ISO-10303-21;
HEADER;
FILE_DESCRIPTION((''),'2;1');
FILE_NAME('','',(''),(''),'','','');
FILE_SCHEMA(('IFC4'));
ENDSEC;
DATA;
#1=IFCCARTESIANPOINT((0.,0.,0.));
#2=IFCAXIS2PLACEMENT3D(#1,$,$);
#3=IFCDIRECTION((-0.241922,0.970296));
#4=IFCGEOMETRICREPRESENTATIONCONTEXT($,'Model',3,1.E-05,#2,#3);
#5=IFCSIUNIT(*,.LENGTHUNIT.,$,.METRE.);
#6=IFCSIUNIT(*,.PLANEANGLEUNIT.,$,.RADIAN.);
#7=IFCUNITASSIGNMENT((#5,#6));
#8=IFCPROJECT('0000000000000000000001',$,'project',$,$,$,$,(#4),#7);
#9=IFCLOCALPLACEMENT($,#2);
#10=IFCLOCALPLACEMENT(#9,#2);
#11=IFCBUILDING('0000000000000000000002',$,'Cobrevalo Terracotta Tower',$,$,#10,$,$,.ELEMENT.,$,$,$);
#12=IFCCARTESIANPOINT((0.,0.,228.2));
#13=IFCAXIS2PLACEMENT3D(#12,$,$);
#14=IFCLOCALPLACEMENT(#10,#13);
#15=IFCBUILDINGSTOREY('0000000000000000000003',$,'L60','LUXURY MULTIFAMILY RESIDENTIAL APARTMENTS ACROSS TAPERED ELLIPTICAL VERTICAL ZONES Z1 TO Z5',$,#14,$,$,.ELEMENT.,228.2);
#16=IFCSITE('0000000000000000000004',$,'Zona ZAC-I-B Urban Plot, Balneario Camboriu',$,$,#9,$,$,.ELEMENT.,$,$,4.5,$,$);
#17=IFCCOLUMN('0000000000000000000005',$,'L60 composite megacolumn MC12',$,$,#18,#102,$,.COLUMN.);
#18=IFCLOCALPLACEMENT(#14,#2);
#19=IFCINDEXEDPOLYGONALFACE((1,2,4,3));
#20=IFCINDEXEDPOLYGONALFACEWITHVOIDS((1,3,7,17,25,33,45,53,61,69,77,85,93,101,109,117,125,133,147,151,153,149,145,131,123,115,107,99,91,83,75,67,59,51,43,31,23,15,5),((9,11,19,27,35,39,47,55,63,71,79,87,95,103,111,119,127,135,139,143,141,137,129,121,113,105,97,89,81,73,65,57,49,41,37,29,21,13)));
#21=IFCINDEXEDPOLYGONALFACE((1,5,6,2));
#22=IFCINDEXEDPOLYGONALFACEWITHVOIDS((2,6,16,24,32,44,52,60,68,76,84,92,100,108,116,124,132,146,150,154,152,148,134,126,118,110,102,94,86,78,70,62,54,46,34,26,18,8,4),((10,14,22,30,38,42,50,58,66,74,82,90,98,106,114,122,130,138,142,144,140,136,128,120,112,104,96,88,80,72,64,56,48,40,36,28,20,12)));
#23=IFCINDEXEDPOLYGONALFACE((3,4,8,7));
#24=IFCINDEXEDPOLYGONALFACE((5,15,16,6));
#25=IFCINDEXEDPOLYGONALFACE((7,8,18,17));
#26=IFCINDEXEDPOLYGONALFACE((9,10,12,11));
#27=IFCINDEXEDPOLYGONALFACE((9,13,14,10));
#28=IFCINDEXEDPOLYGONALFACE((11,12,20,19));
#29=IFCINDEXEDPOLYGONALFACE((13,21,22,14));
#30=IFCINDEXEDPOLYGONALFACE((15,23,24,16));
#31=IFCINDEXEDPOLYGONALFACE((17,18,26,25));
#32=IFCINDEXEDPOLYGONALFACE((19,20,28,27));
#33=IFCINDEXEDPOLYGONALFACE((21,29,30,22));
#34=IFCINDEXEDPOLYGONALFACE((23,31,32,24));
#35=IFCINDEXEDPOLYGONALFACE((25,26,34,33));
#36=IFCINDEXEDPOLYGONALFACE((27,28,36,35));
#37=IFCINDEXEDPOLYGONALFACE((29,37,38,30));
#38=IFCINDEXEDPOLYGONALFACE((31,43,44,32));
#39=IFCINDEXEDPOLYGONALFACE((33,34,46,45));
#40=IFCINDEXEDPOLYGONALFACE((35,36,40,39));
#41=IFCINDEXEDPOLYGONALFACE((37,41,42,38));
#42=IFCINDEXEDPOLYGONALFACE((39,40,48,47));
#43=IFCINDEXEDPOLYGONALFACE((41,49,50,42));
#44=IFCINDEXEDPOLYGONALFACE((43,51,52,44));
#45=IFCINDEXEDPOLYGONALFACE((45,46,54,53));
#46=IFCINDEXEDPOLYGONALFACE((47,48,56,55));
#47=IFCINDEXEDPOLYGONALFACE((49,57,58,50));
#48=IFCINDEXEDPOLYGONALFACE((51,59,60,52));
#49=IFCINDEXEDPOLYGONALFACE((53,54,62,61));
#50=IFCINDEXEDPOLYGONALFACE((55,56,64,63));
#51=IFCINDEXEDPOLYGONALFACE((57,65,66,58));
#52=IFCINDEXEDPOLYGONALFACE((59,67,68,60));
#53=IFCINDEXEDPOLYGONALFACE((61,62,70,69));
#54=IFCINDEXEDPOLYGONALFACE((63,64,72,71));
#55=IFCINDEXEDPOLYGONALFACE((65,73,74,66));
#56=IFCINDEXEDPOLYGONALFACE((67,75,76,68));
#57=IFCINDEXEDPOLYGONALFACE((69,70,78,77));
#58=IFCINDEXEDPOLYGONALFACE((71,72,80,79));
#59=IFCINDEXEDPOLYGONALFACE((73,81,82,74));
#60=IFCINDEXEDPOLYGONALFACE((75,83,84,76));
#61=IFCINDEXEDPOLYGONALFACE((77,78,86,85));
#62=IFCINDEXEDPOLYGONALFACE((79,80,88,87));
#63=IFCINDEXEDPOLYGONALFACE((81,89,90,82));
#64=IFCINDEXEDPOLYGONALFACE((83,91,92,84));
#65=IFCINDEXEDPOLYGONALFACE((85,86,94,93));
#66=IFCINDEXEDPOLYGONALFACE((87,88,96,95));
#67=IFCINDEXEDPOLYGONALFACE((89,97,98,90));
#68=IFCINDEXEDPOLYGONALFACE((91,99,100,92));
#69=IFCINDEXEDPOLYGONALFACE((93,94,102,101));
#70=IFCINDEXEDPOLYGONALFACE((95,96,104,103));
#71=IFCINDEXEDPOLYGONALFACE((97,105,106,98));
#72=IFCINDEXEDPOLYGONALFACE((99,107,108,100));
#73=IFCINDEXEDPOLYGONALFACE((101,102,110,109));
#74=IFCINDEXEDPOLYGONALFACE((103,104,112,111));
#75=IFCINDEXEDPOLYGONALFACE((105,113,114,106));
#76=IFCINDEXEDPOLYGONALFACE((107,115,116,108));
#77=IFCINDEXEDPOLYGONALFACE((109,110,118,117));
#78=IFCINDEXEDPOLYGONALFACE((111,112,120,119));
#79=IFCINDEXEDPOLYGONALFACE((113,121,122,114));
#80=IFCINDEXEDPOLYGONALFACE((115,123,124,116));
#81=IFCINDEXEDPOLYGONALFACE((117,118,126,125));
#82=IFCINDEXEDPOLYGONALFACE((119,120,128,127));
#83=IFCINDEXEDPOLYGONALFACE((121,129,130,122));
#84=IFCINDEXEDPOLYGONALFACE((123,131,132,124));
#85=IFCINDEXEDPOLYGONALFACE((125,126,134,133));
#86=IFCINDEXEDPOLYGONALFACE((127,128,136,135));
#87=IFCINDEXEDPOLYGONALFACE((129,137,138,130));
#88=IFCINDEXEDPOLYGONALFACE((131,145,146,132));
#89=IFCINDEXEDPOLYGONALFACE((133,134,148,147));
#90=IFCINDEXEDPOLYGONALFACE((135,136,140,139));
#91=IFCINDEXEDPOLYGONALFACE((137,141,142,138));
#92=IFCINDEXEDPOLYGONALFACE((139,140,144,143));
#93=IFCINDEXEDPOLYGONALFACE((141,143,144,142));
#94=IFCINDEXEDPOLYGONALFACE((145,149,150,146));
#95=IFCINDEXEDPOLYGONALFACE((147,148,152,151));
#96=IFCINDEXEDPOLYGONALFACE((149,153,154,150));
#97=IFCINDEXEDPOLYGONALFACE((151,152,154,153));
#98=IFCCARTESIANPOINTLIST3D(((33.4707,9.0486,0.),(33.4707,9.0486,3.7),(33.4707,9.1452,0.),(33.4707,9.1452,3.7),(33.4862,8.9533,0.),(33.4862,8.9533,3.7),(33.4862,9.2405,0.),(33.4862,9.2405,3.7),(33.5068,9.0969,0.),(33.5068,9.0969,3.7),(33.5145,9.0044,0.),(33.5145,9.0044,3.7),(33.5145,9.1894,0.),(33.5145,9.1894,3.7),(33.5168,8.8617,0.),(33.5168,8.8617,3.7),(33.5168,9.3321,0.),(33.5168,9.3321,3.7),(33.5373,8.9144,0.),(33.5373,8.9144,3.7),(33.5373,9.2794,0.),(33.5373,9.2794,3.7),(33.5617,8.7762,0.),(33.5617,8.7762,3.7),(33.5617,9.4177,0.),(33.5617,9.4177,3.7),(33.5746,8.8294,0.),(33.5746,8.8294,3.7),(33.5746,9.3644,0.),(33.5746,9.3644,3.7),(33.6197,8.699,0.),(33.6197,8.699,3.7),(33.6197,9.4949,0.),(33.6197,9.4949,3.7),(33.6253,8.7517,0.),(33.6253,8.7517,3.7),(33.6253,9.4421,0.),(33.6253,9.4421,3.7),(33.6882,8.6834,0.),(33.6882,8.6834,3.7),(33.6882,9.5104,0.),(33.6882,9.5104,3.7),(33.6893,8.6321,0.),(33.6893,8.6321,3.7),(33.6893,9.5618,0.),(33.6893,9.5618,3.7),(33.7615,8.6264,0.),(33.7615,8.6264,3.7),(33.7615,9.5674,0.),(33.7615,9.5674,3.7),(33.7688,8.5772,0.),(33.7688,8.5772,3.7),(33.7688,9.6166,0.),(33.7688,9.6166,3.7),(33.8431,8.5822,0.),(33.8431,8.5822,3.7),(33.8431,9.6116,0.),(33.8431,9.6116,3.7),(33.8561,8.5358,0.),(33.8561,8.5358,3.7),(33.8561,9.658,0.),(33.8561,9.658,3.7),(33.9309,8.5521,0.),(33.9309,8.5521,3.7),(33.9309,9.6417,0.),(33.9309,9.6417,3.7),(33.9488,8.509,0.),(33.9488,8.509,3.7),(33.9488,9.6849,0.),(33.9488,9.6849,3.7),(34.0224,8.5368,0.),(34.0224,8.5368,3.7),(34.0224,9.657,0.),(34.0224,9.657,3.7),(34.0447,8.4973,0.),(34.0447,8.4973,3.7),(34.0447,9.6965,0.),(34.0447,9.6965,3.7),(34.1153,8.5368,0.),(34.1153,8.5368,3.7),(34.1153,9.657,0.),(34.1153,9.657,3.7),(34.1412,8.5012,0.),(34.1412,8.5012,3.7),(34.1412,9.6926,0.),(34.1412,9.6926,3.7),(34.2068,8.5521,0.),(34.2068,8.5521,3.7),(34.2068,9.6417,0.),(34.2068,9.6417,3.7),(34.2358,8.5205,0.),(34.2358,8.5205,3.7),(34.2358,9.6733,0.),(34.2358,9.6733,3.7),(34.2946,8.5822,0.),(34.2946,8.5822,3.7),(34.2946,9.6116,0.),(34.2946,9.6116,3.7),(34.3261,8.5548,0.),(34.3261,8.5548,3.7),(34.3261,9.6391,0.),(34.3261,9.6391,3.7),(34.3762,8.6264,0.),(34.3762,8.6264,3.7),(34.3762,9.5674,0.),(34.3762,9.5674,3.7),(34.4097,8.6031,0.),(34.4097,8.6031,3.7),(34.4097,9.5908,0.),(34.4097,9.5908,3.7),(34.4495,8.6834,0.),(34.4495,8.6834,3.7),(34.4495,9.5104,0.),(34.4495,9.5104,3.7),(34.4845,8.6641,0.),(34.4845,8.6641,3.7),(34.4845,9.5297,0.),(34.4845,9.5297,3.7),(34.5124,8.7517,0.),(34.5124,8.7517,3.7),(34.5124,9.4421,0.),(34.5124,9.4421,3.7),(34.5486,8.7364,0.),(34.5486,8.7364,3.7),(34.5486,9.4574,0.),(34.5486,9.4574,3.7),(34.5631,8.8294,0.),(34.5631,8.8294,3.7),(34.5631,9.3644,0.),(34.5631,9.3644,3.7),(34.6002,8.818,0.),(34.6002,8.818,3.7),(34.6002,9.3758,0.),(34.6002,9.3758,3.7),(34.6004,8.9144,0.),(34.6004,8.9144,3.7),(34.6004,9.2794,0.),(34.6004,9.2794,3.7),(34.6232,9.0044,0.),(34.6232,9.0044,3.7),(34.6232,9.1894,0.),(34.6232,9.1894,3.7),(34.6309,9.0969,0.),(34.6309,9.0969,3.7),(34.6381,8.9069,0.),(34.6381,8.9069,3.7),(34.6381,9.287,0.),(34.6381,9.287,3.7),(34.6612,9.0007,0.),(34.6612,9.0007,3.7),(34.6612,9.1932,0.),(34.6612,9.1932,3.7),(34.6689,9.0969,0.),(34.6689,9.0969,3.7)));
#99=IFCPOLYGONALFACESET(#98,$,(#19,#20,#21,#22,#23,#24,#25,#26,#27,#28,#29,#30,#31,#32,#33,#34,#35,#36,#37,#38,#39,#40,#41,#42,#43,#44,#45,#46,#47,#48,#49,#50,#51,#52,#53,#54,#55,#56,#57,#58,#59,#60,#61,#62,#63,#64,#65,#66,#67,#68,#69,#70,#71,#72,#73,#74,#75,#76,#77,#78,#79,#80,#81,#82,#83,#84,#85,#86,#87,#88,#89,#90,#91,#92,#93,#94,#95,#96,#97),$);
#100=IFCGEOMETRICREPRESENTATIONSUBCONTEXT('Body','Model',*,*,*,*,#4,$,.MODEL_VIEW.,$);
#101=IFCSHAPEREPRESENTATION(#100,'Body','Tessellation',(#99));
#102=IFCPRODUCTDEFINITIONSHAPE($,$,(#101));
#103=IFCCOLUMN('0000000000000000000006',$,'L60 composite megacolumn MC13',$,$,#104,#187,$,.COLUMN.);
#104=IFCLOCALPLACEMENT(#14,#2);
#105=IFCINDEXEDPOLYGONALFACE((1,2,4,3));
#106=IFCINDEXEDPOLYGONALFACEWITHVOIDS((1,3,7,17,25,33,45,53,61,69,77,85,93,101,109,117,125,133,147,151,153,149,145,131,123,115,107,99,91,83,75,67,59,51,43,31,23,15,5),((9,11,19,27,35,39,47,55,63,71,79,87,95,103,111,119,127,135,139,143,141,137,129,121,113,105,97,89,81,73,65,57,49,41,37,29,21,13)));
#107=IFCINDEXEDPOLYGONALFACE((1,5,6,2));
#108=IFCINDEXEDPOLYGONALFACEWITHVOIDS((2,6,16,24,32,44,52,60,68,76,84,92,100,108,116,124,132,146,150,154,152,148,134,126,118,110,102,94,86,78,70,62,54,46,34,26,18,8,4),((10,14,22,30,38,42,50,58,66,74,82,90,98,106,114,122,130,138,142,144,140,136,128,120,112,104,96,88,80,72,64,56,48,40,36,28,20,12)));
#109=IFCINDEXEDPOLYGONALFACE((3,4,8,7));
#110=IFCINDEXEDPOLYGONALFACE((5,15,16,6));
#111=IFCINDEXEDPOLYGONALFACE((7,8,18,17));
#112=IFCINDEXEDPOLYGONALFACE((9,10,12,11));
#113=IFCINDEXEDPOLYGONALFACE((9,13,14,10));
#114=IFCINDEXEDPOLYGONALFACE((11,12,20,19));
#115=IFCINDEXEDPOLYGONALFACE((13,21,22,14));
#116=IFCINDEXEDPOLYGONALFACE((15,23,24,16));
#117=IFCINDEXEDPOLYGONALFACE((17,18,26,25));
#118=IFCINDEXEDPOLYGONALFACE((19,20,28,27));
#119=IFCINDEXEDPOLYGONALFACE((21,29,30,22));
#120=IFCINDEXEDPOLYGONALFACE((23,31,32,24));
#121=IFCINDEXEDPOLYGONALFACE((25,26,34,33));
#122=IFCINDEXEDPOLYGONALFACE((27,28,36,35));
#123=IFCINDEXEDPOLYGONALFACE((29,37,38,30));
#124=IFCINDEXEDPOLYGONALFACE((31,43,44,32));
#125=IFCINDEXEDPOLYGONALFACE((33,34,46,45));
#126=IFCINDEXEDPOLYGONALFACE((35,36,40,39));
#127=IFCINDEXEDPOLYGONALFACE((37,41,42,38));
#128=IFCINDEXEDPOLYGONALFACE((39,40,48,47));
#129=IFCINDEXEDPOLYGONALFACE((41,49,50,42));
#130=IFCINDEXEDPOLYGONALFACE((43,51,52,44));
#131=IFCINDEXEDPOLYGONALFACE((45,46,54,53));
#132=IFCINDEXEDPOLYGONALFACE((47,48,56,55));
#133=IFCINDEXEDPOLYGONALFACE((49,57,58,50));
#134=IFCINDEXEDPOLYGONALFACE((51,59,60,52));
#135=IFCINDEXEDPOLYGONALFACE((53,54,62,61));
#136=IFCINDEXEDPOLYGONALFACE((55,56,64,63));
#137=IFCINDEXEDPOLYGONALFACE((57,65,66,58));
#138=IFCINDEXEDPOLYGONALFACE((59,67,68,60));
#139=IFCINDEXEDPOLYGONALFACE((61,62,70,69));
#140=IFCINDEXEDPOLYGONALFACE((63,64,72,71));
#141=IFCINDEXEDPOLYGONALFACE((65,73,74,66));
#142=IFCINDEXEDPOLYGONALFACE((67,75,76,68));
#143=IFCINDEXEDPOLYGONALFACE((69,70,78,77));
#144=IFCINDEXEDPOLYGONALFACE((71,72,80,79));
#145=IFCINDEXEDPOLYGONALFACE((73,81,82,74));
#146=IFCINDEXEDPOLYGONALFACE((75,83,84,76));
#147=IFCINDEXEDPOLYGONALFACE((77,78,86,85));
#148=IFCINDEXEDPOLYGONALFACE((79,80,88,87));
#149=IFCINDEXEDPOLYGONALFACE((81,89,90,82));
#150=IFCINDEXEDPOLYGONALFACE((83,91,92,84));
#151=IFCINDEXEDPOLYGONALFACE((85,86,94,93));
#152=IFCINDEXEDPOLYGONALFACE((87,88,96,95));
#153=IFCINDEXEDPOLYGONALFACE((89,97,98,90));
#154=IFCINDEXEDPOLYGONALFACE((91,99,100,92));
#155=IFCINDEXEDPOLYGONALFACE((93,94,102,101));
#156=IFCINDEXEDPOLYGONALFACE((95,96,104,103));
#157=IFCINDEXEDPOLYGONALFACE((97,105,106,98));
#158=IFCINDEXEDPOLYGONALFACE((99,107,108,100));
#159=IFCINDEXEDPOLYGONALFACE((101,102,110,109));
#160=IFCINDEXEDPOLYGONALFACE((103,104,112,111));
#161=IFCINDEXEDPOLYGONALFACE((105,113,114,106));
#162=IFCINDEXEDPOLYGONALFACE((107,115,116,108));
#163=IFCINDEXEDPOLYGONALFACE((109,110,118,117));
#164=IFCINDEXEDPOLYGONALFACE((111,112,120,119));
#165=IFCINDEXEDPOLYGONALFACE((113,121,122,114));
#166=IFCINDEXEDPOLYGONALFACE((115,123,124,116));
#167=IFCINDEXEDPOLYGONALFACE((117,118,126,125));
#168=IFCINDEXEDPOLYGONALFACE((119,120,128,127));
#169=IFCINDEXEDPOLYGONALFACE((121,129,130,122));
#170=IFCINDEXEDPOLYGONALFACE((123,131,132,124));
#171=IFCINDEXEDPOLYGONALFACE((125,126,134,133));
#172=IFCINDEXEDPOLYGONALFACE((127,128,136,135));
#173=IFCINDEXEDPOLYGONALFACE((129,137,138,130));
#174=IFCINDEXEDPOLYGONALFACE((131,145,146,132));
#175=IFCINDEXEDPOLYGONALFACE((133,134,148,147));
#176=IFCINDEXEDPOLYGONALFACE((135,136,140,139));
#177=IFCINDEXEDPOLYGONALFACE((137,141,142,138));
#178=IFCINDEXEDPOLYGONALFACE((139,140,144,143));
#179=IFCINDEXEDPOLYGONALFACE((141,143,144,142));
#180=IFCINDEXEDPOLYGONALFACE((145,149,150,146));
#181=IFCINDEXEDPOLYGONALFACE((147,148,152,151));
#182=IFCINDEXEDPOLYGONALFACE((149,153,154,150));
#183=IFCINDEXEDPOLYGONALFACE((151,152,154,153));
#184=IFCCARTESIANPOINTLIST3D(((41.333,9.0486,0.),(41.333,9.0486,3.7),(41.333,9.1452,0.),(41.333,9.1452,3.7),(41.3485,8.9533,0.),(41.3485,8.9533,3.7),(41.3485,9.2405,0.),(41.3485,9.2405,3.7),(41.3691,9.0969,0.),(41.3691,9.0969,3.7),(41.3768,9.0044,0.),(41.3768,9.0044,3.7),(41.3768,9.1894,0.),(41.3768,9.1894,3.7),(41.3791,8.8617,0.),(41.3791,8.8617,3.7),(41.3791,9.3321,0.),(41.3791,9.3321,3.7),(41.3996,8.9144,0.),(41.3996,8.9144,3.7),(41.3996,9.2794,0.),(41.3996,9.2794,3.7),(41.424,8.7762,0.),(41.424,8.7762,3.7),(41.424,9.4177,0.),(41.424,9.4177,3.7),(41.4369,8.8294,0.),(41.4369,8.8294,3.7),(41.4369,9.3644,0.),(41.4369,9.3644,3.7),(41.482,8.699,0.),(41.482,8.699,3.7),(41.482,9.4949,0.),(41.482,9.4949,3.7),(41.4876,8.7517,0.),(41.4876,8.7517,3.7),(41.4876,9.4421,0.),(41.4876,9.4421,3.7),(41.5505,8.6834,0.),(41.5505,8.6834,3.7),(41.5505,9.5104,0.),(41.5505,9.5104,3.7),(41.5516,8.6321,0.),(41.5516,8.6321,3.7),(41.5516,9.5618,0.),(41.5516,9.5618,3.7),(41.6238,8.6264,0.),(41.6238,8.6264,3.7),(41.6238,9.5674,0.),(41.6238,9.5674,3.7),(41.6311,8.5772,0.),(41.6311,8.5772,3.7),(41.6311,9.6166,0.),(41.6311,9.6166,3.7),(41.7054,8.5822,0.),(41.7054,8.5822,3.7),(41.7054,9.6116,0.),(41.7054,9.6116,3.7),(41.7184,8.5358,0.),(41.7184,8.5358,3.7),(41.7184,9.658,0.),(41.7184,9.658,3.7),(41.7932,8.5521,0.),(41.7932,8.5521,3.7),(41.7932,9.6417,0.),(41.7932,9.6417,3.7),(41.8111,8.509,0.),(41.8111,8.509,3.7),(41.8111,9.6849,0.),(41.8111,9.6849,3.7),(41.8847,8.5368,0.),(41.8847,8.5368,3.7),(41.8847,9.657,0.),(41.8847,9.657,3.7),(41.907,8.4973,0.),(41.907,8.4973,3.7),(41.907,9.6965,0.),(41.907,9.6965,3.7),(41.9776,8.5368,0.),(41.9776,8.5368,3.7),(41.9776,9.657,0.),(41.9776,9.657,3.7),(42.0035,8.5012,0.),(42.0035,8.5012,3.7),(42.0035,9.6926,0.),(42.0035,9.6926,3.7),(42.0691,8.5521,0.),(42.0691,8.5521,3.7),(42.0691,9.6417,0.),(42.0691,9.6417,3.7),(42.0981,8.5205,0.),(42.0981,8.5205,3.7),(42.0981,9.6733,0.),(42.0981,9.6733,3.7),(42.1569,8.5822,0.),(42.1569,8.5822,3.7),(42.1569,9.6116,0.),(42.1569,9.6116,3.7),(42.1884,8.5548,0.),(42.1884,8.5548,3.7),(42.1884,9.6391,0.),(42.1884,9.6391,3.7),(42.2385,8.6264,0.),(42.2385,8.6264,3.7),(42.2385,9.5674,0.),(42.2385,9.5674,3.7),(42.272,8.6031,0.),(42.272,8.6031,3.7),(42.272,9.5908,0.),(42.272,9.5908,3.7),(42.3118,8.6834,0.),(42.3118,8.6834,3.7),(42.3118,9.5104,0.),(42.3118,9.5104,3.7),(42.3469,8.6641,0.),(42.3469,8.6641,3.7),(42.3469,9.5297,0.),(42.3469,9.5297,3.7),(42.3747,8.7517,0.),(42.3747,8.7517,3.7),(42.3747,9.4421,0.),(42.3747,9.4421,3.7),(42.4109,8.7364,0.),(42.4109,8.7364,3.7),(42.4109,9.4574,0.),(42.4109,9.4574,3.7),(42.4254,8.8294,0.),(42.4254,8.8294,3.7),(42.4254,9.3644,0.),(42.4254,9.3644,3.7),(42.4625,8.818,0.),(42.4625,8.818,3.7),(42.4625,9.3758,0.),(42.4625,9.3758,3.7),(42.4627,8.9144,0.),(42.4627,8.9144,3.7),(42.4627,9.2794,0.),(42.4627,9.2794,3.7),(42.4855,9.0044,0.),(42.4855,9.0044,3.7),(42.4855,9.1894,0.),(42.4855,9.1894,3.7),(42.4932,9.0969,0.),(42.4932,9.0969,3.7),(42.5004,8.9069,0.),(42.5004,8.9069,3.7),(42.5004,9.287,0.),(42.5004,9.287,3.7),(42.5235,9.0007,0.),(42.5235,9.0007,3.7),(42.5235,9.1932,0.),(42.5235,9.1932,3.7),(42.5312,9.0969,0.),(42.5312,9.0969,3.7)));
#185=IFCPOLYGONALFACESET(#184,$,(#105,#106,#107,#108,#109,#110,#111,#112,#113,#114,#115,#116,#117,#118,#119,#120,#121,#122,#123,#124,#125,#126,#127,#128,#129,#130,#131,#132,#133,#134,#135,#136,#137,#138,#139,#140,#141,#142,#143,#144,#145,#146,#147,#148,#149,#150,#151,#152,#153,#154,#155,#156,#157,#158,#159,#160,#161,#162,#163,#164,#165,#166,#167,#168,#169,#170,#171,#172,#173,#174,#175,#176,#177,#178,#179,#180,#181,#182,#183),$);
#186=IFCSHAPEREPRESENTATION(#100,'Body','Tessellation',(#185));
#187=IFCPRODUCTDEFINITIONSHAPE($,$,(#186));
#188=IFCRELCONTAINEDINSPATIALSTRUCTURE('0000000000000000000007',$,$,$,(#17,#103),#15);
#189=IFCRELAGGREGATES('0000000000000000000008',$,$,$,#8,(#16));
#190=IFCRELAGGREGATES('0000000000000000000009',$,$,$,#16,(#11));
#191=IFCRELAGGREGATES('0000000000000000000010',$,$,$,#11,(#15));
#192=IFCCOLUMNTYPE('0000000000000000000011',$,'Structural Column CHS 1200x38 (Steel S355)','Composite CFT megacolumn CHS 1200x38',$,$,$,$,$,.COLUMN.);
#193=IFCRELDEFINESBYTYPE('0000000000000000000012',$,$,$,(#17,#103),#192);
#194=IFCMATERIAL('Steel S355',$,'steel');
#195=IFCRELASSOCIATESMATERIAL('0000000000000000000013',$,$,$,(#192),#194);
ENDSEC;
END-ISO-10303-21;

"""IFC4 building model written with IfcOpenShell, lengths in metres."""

from ifc_helpers import new_model, si_unit, direction, frame, origin, origin_2d, place, context, subcontext, project, spatial, hollow_circle, extrude, material, material_profile, profile_set, type_object, element, save


model = new_model("IFC4")

# Units and contexts
model_context = context("Model", 3, precision=1e-05, world=origin(), true_north=direction((-0.241922, 0.970296)))
body_context = subcontext(model_context, "Body", "Model", "MODEL_VIEW")
ifc_project = project(units=[si_unit("LENGTHUNIT", "METRE"), si_unit("PLANEANGLEUNIT", "RADIAN")], contexts=[model_context])

# Site, building, storey
site_placement = place(None, origin())
site = spatial("IfcSite", under=ifc_project, at=site_placement, Name="Zona ZAC-I-B Urban Plot, Balneario Camboriu", CompositionType="ELEMENT", RefElevation=4.5)
building_placement = place(site_placement, origin())
building = spatial("IfcBuilding", under=site, at=building_placement, Name="Cobrevalo Terracotta Tower", CompositionType="ELEMENT")
storey_placement = place(building_placement, frame((0.0, 0.0, 228.2)))
storey = spatial("IfcBuildingStorey", under=building, at=storey_placement, Name="L60", Description="LUXURY MULTIFAMILY RESIDENTIAL APARTMENTS ACROSS TAPERED ELLIPTICAL VERTICAL ZONES Z1 TO Z5", CompositionType="ELEMENT", Elevation=228.2)

# Columns
ifc_material_1 = material(Name="Steel S355", Category="steel")
ifc_material_profile_1 = material_profile(ifc_material_1, hollow_circle(Radius=0.6001, WallThickness=0.0381, at=origin_2d()), Name="CHS 1200x38")
ifc_profile_set_1 = profile_set([ifc_material_profile_1], Name="Steel S355")
column_type = type_object("IfcColumnType", Name="Structural Column CHS 1200x38 (Steel S355)", Description="Composite CFT megacolumn CHS 1200x38", PredefinedType="COLUMN", material=ifc_profile_set_1)
for number, where, z_axis, x_axis, name in (
    (1, (34.0688, 9.0969, 0.0), (0.0, 0.0, 1.0), (1.0, 0.0, 0.0), "L60 composite megacolumn MC12"),
    (2, (41.9312, 9.0969, 0.0), (0.0, 0.0, 1.0), (1.0, 0.0, 0.0), "L60 composite megacolumn MC13"),
):
    element("IfcColumn", number, at=place(storey_placement, frame(where, z_axis=z_axis, x_axis=x_axis)), inside=storey, type_object=column_type, Name=name, PredefinedType="COLUMN", context=body_context, shape_type="SweptSolid", body=[
        extrude(hollow_circle(Radius=0.6001, WallThickness=0.0381, at=origin_2d()), origin(), (0.0, 0.0, 1.0), 3.7),
    ])

save(model, "model.ifc")
